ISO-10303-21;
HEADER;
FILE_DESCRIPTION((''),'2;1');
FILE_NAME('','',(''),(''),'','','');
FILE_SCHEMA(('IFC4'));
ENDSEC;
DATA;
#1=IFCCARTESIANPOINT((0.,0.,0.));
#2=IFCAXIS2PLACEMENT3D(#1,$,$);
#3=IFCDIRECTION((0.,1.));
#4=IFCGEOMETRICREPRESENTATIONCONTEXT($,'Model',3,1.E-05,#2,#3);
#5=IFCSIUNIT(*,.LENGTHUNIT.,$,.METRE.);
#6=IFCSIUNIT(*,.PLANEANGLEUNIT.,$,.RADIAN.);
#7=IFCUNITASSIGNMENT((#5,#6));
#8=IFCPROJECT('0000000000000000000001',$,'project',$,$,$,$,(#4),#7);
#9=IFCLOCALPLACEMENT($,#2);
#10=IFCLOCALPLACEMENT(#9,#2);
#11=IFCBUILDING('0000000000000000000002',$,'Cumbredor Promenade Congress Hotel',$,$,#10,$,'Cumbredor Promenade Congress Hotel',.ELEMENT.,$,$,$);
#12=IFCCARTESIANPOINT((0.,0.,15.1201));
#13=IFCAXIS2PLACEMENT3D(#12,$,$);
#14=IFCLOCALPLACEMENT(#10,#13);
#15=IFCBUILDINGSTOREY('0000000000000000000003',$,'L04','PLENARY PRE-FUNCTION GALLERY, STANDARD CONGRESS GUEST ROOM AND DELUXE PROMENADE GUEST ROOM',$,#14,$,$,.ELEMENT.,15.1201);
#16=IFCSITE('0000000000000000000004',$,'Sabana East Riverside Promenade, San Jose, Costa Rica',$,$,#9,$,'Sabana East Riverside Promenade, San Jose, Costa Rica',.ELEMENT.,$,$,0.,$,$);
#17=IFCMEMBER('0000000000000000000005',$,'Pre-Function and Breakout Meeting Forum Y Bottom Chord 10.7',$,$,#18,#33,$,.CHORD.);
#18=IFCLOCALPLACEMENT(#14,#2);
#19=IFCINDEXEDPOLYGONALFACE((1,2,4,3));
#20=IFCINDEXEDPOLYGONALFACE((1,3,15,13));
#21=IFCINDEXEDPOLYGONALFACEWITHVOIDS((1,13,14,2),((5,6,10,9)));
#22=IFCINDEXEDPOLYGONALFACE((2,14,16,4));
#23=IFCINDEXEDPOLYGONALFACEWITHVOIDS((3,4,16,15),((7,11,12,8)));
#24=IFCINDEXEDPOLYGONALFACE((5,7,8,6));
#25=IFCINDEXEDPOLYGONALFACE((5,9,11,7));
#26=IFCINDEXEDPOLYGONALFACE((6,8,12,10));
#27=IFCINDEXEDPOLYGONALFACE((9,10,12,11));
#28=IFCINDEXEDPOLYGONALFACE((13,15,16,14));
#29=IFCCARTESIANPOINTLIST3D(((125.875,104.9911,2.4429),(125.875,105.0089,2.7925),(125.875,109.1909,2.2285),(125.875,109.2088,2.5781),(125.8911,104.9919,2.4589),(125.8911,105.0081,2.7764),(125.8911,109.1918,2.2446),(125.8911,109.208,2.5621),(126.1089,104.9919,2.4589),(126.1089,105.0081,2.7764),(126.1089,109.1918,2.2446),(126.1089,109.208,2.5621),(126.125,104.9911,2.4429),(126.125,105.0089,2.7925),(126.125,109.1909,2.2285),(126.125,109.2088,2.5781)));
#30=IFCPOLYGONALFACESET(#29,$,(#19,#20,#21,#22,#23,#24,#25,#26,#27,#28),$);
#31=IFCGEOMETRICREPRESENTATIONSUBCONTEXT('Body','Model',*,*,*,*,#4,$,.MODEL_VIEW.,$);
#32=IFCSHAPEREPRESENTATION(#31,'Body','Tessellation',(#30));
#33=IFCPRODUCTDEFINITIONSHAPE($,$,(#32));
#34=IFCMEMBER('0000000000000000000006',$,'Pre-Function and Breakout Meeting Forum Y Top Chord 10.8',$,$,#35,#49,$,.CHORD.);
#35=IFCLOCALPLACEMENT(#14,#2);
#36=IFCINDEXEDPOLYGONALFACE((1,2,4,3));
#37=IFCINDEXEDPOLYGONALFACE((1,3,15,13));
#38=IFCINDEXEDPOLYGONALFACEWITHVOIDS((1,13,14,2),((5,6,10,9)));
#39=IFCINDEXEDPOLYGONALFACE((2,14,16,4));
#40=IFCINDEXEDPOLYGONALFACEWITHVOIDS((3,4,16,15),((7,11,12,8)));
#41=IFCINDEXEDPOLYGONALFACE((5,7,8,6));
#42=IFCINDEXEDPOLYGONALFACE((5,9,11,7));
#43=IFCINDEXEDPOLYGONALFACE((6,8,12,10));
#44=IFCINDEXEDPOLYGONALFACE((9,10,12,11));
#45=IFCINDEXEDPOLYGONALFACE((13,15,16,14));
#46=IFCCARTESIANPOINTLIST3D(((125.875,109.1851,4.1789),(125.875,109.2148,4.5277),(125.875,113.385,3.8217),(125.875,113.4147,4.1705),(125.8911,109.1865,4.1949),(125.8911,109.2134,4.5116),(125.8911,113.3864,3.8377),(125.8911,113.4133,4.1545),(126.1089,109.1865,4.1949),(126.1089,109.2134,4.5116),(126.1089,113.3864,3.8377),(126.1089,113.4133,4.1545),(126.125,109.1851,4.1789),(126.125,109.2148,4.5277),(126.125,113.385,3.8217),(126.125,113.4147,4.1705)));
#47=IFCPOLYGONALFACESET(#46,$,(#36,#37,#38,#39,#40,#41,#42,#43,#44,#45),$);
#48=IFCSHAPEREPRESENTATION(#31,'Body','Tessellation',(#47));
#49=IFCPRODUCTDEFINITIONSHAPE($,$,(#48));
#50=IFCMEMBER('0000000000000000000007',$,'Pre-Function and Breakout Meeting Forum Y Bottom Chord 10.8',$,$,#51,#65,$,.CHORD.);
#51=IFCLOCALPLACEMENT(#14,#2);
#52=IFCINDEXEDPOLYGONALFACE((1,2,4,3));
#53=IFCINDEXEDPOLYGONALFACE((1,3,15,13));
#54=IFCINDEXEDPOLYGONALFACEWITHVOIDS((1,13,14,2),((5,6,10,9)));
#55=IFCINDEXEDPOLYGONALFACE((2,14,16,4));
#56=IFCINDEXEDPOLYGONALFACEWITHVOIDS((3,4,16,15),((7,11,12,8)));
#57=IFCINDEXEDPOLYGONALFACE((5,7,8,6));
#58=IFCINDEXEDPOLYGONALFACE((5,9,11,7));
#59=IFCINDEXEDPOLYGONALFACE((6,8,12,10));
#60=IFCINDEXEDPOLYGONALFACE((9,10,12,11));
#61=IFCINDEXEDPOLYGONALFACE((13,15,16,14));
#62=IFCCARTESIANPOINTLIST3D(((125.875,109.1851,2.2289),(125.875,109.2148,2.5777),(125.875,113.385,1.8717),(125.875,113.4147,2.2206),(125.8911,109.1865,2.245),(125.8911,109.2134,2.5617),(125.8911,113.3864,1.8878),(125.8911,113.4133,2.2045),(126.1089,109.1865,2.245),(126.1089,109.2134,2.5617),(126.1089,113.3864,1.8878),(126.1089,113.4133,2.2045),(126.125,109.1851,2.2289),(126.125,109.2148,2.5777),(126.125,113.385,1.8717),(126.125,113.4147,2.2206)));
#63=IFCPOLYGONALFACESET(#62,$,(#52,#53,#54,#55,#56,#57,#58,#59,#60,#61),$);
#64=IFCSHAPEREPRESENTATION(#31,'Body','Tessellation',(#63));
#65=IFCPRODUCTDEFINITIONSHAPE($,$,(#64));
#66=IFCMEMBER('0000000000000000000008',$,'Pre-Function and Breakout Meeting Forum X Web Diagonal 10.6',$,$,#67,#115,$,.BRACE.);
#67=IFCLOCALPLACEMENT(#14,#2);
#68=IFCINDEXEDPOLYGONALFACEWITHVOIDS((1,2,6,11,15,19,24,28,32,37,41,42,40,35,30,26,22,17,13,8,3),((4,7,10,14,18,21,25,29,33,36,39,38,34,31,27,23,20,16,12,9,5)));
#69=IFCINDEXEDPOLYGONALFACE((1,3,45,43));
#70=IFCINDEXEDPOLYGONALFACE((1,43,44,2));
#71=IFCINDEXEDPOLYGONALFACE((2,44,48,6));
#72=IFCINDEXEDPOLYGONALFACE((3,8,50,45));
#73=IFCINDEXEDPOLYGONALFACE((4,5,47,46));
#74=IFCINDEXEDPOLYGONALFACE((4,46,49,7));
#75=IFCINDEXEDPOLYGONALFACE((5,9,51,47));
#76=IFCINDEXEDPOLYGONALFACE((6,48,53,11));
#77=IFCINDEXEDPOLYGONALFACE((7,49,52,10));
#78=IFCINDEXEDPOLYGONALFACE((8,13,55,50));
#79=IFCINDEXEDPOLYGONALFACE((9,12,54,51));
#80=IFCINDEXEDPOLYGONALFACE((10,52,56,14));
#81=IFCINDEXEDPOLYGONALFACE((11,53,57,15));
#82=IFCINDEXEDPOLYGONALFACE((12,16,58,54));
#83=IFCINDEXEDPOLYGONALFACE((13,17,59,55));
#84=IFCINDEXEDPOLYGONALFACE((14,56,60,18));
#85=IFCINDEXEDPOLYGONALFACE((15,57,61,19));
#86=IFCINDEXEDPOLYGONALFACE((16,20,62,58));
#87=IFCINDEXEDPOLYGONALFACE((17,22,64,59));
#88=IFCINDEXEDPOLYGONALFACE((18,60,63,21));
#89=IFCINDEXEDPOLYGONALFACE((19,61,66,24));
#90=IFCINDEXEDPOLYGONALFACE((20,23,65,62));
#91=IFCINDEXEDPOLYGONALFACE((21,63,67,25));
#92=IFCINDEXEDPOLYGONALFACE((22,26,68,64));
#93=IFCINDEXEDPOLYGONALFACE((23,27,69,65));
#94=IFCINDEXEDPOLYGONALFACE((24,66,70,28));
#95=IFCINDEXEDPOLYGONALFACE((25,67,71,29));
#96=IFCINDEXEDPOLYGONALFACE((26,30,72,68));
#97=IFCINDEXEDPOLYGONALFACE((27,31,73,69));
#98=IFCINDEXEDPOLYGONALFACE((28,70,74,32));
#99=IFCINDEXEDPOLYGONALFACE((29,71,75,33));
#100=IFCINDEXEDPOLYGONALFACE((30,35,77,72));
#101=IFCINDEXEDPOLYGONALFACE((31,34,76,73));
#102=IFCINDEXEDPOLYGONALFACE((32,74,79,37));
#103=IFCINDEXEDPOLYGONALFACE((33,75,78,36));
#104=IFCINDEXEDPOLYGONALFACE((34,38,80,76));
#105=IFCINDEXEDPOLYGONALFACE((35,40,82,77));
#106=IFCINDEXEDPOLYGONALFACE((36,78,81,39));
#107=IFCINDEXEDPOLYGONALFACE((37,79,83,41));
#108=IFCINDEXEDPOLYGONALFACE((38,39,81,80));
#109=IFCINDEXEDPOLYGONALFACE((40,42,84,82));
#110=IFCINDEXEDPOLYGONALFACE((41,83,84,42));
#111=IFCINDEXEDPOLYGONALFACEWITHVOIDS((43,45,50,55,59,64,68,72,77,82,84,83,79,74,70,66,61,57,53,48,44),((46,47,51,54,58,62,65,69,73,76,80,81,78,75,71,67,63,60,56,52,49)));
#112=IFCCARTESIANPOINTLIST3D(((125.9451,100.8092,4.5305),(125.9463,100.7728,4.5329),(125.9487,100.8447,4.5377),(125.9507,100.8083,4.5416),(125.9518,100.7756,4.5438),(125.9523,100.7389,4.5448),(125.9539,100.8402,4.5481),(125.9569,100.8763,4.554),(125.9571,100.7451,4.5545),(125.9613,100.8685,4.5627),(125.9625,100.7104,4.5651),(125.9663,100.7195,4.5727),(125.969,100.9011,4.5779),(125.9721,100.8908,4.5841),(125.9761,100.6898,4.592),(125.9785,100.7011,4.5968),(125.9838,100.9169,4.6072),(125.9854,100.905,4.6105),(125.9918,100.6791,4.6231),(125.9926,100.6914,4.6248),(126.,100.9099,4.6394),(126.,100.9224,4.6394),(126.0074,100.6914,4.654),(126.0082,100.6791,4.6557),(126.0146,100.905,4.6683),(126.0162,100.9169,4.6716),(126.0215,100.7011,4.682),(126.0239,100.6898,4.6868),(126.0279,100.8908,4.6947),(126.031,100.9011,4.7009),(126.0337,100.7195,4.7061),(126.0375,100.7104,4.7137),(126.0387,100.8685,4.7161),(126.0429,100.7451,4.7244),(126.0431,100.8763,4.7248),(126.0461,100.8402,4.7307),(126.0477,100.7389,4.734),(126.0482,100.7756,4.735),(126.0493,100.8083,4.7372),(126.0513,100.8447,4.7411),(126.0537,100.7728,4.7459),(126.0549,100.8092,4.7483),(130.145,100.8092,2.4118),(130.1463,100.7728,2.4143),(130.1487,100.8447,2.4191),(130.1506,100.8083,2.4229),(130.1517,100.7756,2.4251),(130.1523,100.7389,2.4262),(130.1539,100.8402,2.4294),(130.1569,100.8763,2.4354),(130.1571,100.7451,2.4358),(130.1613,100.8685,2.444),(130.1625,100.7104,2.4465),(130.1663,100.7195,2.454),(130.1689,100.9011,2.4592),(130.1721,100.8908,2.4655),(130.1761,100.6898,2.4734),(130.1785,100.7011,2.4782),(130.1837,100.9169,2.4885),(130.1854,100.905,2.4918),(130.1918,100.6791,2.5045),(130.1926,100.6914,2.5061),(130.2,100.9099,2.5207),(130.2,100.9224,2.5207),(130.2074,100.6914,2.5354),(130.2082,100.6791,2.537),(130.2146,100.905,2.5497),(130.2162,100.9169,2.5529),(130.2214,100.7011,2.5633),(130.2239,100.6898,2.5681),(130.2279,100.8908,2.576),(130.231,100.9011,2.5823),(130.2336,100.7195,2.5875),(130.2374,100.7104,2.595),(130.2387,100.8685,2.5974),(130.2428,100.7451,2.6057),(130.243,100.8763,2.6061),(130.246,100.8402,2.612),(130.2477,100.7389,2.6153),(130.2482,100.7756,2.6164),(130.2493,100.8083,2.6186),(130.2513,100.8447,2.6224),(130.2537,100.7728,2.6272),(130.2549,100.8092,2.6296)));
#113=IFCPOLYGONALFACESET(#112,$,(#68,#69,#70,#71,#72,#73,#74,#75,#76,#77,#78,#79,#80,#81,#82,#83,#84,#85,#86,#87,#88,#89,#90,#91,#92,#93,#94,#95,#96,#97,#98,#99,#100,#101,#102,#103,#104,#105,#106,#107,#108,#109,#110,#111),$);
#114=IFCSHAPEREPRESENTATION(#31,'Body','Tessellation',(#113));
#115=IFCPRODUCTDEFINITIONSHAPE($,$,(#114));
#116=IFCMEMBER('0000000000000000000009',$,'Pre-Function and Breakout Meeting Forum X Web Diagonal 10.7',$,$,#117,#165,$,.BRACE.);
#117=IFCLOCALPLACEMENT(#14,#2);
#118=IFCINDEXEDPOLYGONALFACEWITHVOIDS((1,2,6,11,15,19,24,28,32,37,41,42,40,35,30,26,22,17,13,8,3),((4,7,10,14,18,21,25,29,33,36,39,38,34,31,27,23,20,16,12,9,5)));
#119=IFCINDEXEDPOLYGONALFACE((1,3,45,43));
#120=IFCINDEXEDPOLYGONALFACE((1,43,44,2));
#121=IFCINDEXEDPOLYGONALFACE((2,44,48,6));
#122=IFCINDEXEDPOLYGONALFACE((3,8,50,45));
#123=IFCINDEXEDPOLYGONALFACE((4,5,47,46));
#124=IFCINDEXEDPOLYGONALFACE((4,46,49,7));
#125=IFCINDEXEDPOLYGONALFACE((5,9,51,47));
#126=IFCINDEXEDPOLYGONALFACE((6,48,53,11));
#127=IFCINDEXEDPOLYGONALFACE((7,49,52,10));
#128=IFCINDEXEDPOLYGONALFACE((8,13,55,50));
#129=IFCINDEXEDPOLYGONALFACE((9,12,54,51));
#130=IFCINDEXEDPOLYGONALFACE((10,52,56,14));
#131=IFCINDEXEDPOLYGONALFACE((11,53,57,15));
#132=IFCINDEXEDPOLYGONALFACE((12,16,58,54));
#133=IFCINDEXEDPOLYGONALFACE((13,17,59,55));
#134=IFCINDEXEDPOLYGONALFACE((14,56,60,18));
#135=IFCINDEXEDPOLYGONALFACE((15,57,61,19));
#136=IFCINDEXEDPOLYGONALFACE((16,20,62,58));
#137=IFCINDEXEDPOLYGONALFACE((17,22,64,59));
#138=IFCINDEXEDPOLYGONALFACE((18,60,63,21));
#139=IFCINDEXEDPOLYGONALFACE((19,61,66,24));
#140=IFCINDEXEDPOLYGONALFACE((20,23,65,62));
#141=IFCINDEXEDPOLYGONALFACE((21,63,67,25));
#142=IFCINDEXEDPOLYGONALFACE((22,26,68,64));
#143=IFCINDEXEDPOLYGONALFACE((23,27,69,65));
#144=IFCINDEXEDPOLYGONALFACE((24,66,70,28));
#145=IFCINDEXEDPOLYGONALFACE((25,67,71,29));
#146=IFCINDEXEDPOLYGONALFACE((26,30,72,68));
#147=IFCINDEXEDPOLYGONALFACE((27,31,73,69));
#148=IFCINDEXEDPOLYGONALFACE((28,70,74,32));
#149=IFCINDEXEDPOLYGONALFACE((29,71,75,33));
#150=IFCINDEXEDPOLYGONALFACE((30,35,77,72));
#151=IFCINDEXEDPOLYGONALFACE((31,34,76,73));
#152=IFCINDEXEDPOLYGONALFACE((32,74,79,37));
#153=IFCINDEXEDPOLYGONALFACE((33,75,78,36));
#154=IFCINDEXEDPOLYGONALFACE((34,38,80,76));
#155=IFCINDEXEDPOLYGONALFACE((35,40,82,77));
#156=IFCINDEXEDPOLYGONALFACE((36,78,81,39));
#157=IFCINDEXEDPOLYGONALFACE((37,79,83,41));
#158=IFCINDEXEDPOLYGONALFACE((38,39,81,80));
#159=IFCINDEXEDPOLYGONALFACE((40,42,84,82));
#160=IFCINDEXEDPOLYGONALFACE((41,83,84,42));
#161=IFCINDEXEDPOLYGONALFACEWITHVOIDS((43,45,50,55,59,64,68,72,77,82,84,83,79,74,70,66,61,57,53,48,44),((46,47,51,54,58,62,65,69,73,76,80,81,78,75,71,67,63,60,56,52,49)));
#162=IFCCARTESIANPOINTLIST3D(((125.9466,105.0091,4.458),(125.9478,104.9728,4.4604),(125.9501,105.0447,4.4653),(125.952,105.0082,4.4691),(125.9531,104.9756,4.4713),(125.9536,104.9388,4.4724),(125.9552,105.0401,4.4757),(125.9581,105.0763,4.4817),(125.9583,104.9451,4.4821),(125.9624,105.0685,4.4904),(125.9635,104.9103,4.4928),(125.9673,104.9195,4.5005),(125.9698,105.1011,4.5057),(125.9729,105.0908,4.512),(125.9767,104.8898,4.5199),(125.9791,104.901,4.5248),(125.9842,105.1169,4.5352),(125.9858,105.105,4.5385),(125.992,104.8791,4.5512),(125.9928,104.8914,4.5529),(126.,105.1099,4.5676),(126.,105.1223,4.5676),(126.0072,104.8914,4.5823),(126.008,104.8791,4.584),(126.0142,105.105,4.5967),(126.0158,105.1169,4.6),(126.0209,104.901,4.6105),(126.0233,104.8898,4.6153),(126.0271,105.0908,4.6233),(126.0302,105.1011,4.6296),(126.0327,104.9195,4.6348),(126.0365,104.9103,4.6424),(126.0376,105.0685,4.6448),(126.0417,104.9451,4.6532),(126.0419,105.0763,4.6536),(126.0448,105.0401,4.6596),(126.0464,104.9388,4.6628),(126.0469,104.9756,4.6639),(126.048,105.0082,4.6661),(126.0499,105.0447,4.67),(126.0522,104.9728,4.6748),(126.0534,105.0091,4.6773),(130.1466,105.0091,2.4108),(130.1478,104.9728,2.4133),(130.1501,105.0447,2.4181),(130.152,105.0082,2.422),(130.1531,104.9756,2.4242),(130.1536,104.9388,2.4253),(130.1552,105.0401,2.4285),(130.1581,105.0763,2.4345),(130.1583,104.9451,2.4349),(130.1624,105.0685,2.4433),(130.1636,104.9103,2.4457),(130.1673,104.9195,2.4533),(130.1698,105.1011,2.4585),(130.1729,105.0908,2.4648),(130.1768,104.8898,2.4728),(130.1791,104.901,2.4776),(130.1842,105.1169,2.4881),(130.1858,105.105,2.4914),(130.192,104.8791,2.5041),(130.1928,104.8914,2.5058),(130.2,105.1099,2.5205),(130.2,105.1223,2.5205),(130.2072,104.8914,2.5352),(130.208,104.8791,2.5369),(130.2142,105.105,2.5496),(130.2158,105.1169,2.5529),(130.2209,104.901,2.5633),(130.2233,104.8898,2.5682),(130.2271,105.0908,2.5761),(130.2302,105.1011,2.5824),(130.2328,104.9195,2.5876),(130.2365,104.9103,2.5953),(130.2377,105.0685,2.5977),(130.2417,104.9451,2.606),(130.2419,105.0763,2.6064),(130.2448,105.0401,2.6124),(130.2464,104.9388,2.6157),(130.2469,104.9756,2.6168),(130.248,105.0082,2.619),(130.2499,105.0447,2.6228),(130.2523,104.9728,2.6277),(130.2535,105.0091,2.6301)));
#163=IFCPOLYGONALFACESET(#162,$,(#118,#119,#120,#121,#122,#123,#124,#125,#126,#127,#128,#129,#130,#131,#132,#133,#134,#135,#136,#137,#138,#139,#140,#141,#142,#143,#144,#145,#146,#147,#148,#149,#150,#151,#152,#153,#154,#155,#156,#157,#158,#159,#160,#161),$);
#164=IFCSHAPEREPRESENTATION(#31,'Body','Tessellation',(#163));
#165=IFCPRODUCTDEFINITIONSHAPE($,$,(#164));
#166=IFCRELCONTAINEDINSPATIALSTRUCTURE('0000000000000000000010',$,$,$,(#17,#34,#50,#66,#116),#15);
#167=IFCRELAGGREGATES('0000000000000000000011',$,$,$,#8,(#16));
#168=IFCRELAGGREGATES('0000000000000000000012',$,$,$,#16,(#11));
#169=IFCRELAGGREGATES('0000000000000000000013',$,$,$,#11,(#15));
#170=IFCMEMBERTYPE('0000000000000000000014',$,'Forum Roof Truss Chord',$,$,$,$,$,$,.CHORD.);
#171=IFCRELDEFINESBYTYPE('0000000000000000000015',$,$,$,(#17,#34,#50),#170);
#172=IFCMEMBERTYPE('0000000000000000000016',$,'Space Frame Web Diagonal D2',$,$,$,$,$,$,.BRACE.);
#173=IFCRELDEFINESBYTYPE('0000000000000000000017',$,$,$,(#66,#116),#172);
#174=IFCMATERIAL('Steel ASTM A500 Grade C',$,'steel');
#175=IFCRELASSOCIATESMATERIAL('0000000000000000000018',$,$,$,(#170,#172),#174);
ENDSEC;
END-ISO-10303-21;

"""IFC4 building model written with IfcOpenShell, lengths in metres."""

from ifc_helpers import new_model, si_unit, direction, frame, origin, origin_2d, place, context, subcontext, project, spatial, hollow_rectangle, hollow_circle, extrude, material, material_profile, profile_set, type_object, element, save


model = new_model("IFC4")

# Units and contexts
model_context = context("Model", 3, precision=1e-05, world=origin(), true_north=direction((0.0, 1.0)))
body_context = subcontext(model_context, "Body", "Model", "MODEL_VIEW")
ifc_project = project(units=[si_unit("LENGTHUNIT", "METRE"), si_unit("PLANEANGLEUNIT", "RADIAN")], contexts=[model_context])

# Site, building, storey
site_placement = place(None, origin())
site = spatial("IfcSite", under=ifc_project, at=site_placement, Name="Sabana East Riverside Promenade, San Jose, Costa Rica", LongName="Sabana East Riverside Promenade, San Jose, Costa Rica", CompositionType="ELEMENT", RefElevation=0.0)
building_placement = place(site_placement, origin())
building = spatial("IfcBuilding", under=site, at=building_placement, Name="Cumbredor Promenade Congress Hotel", LongName="Cumbredor Promenade Congress Hotel", CompositionType="ELEMENT")
storey_placement = place(building_placement, frame((0.0, 0.0, 15.1201)))
storey = spatial("IfcBuildingStorey", under=building, at=storey_placement, Name="L04", Description="PLENARY PRE-FUNCTION GALLERY, STANDARD CONGRESS GUEST ROOM AND DELUXE PROMENADE GUEST ROOM", CompositionType="ELEMENT", Elevation=15.1201)

# Members
ifc_material_1 = material(Name="Steel ASTM A500 Grade C", Category="steel")
ifc_material_profile_1 = material_profile(ifc_material_1, hollow_rectangle(XDim=0.25, YDim=0.3501, WallThickness=0.0161, at=origin_2d()), Name="HSS 350x250x16")
ifc_profile_set_1 = profile_set([ifc_material_profile_1], Name="Steel ASTM A500 Grade C")
member_type_1 = type_object("IfcMemberType", Name="Forum Roof Truss Chord", PredefinedType="CHORD", material=ifc_profile_set_1)
for number, where, z_axis, x_axis, name in (
    (1, (126.0, 105.0, 2.6177), (0.0, 0.9987, -0.050971), (-1.0, 0.0, 0.0), "Pre-Function and Breakout Meeting Forum Y Bottom Chord 10.7"),
):
    element("IfcMember", number, at=place(storey_placement, frame(where, z_axis=z_axis, x_axis=x_axis)), inside=storey, type_object=member_type_1, Name=name, PredefinedType="CHORD", context=body_context, shape_type="SweptSolid", body=[
        extrude(hollow_rectangle(XDim=0.25, YDim=0.3501, WallThickness=0.0161, at=origin_2d()), origin(), (0.0, 0.0, 1.0), 4.2053),
    ])
for number, where, z_axis, x_axis, name in (
    (2, (126.0, 109.2, 4.3533), (0.0, 0.996403, -0.084737), (-1.0, 0.0, 0.0), "Pre-Function and Breakout Meeting Forum Y Top Chord 10.8"),
    (3, (126.0, 109.2, 2.4033), (0.0, 0.996403, -0.084737), (-1.0, 0.0, 0.0), "Pre-Function and Breakout Meeting Forum Y Bottom Chord 10.8"),
):
    element("IfcMember", number, at=place(storey_placement, frame(where, z_axis=z_axis, x_axis=x_axis)), inside=storey, type_object=member_type_1, Name=name, PredefinedType="CHORD", context=body_context, shape_type="SweptSolid", body=[
        extrude(hollow_rectangle(XDim=0.25, YDim=0.3501, WallThickness=0.0161, at=origin_2d()), origin(), (0.0, 0.0, 1.0), 4.2151),
    ])
ifc_material_profile_2 = material_profile(ifc_material_1, hollow_circle(Radius=0.1223, WallThickness=0.0125, at=origin_2d()), Name="CHS 244.5x12.5")
ifc_profile_set_2 = profile_set([ifc_material_profile_2], Name="Steel ASTM A500 Grade C")
member_type_2 = type_object("IfcMemberType", Name="Space Frame Web Diagonal D2", PredefinedType="BRACE", material=ifc_profile_set_2)
member_1_placement = place(storey_placement, frame((126.0, 100.8, 4.6394), z_axis=(0.892833, 0.0, -0.450387), x_axis=(0.0, 1.0, 0.0)))
element("IfcMember", 4, at=member_1_placement, inside=storey, type_object=member_type_2, Name="Pre-Function and Breakout Meeting Forum X Web Diagonal 10.6", PredefinedType="BRACE", context=body_context, shape_type="SweptSolid", body=[
    extrude(hollow_circle(Radius=0.1223, WallThickness=0.0125, at=origin_2d()), origin(), (0.0, 0.0, 1.0), 4.7041),
])
member_2_placement = place(storey_placement, frame((126.0, 105.0, 4.5676), z_axis=(0.898907, 0.0, -0.438141), x_axis=(0.0, 1.0, 0.0)))
element("IfcMember", 5, at=member_2_placement, inside=storey, type_object=member_type_2, Name="Pre-Function and Breakout Meeting Forum X Web Diagonal 10.7", PredefinedType="BRACE", context=body_context, shape_type="SweptSolid", body=[
    extrude(hollow_circle(Radius=0.1223, WallThickness=0.0125, at=origin_2d()), origin(), (0.0, 0.0, 1.0), 4.6724),
])

save(model, "model.ifc")
